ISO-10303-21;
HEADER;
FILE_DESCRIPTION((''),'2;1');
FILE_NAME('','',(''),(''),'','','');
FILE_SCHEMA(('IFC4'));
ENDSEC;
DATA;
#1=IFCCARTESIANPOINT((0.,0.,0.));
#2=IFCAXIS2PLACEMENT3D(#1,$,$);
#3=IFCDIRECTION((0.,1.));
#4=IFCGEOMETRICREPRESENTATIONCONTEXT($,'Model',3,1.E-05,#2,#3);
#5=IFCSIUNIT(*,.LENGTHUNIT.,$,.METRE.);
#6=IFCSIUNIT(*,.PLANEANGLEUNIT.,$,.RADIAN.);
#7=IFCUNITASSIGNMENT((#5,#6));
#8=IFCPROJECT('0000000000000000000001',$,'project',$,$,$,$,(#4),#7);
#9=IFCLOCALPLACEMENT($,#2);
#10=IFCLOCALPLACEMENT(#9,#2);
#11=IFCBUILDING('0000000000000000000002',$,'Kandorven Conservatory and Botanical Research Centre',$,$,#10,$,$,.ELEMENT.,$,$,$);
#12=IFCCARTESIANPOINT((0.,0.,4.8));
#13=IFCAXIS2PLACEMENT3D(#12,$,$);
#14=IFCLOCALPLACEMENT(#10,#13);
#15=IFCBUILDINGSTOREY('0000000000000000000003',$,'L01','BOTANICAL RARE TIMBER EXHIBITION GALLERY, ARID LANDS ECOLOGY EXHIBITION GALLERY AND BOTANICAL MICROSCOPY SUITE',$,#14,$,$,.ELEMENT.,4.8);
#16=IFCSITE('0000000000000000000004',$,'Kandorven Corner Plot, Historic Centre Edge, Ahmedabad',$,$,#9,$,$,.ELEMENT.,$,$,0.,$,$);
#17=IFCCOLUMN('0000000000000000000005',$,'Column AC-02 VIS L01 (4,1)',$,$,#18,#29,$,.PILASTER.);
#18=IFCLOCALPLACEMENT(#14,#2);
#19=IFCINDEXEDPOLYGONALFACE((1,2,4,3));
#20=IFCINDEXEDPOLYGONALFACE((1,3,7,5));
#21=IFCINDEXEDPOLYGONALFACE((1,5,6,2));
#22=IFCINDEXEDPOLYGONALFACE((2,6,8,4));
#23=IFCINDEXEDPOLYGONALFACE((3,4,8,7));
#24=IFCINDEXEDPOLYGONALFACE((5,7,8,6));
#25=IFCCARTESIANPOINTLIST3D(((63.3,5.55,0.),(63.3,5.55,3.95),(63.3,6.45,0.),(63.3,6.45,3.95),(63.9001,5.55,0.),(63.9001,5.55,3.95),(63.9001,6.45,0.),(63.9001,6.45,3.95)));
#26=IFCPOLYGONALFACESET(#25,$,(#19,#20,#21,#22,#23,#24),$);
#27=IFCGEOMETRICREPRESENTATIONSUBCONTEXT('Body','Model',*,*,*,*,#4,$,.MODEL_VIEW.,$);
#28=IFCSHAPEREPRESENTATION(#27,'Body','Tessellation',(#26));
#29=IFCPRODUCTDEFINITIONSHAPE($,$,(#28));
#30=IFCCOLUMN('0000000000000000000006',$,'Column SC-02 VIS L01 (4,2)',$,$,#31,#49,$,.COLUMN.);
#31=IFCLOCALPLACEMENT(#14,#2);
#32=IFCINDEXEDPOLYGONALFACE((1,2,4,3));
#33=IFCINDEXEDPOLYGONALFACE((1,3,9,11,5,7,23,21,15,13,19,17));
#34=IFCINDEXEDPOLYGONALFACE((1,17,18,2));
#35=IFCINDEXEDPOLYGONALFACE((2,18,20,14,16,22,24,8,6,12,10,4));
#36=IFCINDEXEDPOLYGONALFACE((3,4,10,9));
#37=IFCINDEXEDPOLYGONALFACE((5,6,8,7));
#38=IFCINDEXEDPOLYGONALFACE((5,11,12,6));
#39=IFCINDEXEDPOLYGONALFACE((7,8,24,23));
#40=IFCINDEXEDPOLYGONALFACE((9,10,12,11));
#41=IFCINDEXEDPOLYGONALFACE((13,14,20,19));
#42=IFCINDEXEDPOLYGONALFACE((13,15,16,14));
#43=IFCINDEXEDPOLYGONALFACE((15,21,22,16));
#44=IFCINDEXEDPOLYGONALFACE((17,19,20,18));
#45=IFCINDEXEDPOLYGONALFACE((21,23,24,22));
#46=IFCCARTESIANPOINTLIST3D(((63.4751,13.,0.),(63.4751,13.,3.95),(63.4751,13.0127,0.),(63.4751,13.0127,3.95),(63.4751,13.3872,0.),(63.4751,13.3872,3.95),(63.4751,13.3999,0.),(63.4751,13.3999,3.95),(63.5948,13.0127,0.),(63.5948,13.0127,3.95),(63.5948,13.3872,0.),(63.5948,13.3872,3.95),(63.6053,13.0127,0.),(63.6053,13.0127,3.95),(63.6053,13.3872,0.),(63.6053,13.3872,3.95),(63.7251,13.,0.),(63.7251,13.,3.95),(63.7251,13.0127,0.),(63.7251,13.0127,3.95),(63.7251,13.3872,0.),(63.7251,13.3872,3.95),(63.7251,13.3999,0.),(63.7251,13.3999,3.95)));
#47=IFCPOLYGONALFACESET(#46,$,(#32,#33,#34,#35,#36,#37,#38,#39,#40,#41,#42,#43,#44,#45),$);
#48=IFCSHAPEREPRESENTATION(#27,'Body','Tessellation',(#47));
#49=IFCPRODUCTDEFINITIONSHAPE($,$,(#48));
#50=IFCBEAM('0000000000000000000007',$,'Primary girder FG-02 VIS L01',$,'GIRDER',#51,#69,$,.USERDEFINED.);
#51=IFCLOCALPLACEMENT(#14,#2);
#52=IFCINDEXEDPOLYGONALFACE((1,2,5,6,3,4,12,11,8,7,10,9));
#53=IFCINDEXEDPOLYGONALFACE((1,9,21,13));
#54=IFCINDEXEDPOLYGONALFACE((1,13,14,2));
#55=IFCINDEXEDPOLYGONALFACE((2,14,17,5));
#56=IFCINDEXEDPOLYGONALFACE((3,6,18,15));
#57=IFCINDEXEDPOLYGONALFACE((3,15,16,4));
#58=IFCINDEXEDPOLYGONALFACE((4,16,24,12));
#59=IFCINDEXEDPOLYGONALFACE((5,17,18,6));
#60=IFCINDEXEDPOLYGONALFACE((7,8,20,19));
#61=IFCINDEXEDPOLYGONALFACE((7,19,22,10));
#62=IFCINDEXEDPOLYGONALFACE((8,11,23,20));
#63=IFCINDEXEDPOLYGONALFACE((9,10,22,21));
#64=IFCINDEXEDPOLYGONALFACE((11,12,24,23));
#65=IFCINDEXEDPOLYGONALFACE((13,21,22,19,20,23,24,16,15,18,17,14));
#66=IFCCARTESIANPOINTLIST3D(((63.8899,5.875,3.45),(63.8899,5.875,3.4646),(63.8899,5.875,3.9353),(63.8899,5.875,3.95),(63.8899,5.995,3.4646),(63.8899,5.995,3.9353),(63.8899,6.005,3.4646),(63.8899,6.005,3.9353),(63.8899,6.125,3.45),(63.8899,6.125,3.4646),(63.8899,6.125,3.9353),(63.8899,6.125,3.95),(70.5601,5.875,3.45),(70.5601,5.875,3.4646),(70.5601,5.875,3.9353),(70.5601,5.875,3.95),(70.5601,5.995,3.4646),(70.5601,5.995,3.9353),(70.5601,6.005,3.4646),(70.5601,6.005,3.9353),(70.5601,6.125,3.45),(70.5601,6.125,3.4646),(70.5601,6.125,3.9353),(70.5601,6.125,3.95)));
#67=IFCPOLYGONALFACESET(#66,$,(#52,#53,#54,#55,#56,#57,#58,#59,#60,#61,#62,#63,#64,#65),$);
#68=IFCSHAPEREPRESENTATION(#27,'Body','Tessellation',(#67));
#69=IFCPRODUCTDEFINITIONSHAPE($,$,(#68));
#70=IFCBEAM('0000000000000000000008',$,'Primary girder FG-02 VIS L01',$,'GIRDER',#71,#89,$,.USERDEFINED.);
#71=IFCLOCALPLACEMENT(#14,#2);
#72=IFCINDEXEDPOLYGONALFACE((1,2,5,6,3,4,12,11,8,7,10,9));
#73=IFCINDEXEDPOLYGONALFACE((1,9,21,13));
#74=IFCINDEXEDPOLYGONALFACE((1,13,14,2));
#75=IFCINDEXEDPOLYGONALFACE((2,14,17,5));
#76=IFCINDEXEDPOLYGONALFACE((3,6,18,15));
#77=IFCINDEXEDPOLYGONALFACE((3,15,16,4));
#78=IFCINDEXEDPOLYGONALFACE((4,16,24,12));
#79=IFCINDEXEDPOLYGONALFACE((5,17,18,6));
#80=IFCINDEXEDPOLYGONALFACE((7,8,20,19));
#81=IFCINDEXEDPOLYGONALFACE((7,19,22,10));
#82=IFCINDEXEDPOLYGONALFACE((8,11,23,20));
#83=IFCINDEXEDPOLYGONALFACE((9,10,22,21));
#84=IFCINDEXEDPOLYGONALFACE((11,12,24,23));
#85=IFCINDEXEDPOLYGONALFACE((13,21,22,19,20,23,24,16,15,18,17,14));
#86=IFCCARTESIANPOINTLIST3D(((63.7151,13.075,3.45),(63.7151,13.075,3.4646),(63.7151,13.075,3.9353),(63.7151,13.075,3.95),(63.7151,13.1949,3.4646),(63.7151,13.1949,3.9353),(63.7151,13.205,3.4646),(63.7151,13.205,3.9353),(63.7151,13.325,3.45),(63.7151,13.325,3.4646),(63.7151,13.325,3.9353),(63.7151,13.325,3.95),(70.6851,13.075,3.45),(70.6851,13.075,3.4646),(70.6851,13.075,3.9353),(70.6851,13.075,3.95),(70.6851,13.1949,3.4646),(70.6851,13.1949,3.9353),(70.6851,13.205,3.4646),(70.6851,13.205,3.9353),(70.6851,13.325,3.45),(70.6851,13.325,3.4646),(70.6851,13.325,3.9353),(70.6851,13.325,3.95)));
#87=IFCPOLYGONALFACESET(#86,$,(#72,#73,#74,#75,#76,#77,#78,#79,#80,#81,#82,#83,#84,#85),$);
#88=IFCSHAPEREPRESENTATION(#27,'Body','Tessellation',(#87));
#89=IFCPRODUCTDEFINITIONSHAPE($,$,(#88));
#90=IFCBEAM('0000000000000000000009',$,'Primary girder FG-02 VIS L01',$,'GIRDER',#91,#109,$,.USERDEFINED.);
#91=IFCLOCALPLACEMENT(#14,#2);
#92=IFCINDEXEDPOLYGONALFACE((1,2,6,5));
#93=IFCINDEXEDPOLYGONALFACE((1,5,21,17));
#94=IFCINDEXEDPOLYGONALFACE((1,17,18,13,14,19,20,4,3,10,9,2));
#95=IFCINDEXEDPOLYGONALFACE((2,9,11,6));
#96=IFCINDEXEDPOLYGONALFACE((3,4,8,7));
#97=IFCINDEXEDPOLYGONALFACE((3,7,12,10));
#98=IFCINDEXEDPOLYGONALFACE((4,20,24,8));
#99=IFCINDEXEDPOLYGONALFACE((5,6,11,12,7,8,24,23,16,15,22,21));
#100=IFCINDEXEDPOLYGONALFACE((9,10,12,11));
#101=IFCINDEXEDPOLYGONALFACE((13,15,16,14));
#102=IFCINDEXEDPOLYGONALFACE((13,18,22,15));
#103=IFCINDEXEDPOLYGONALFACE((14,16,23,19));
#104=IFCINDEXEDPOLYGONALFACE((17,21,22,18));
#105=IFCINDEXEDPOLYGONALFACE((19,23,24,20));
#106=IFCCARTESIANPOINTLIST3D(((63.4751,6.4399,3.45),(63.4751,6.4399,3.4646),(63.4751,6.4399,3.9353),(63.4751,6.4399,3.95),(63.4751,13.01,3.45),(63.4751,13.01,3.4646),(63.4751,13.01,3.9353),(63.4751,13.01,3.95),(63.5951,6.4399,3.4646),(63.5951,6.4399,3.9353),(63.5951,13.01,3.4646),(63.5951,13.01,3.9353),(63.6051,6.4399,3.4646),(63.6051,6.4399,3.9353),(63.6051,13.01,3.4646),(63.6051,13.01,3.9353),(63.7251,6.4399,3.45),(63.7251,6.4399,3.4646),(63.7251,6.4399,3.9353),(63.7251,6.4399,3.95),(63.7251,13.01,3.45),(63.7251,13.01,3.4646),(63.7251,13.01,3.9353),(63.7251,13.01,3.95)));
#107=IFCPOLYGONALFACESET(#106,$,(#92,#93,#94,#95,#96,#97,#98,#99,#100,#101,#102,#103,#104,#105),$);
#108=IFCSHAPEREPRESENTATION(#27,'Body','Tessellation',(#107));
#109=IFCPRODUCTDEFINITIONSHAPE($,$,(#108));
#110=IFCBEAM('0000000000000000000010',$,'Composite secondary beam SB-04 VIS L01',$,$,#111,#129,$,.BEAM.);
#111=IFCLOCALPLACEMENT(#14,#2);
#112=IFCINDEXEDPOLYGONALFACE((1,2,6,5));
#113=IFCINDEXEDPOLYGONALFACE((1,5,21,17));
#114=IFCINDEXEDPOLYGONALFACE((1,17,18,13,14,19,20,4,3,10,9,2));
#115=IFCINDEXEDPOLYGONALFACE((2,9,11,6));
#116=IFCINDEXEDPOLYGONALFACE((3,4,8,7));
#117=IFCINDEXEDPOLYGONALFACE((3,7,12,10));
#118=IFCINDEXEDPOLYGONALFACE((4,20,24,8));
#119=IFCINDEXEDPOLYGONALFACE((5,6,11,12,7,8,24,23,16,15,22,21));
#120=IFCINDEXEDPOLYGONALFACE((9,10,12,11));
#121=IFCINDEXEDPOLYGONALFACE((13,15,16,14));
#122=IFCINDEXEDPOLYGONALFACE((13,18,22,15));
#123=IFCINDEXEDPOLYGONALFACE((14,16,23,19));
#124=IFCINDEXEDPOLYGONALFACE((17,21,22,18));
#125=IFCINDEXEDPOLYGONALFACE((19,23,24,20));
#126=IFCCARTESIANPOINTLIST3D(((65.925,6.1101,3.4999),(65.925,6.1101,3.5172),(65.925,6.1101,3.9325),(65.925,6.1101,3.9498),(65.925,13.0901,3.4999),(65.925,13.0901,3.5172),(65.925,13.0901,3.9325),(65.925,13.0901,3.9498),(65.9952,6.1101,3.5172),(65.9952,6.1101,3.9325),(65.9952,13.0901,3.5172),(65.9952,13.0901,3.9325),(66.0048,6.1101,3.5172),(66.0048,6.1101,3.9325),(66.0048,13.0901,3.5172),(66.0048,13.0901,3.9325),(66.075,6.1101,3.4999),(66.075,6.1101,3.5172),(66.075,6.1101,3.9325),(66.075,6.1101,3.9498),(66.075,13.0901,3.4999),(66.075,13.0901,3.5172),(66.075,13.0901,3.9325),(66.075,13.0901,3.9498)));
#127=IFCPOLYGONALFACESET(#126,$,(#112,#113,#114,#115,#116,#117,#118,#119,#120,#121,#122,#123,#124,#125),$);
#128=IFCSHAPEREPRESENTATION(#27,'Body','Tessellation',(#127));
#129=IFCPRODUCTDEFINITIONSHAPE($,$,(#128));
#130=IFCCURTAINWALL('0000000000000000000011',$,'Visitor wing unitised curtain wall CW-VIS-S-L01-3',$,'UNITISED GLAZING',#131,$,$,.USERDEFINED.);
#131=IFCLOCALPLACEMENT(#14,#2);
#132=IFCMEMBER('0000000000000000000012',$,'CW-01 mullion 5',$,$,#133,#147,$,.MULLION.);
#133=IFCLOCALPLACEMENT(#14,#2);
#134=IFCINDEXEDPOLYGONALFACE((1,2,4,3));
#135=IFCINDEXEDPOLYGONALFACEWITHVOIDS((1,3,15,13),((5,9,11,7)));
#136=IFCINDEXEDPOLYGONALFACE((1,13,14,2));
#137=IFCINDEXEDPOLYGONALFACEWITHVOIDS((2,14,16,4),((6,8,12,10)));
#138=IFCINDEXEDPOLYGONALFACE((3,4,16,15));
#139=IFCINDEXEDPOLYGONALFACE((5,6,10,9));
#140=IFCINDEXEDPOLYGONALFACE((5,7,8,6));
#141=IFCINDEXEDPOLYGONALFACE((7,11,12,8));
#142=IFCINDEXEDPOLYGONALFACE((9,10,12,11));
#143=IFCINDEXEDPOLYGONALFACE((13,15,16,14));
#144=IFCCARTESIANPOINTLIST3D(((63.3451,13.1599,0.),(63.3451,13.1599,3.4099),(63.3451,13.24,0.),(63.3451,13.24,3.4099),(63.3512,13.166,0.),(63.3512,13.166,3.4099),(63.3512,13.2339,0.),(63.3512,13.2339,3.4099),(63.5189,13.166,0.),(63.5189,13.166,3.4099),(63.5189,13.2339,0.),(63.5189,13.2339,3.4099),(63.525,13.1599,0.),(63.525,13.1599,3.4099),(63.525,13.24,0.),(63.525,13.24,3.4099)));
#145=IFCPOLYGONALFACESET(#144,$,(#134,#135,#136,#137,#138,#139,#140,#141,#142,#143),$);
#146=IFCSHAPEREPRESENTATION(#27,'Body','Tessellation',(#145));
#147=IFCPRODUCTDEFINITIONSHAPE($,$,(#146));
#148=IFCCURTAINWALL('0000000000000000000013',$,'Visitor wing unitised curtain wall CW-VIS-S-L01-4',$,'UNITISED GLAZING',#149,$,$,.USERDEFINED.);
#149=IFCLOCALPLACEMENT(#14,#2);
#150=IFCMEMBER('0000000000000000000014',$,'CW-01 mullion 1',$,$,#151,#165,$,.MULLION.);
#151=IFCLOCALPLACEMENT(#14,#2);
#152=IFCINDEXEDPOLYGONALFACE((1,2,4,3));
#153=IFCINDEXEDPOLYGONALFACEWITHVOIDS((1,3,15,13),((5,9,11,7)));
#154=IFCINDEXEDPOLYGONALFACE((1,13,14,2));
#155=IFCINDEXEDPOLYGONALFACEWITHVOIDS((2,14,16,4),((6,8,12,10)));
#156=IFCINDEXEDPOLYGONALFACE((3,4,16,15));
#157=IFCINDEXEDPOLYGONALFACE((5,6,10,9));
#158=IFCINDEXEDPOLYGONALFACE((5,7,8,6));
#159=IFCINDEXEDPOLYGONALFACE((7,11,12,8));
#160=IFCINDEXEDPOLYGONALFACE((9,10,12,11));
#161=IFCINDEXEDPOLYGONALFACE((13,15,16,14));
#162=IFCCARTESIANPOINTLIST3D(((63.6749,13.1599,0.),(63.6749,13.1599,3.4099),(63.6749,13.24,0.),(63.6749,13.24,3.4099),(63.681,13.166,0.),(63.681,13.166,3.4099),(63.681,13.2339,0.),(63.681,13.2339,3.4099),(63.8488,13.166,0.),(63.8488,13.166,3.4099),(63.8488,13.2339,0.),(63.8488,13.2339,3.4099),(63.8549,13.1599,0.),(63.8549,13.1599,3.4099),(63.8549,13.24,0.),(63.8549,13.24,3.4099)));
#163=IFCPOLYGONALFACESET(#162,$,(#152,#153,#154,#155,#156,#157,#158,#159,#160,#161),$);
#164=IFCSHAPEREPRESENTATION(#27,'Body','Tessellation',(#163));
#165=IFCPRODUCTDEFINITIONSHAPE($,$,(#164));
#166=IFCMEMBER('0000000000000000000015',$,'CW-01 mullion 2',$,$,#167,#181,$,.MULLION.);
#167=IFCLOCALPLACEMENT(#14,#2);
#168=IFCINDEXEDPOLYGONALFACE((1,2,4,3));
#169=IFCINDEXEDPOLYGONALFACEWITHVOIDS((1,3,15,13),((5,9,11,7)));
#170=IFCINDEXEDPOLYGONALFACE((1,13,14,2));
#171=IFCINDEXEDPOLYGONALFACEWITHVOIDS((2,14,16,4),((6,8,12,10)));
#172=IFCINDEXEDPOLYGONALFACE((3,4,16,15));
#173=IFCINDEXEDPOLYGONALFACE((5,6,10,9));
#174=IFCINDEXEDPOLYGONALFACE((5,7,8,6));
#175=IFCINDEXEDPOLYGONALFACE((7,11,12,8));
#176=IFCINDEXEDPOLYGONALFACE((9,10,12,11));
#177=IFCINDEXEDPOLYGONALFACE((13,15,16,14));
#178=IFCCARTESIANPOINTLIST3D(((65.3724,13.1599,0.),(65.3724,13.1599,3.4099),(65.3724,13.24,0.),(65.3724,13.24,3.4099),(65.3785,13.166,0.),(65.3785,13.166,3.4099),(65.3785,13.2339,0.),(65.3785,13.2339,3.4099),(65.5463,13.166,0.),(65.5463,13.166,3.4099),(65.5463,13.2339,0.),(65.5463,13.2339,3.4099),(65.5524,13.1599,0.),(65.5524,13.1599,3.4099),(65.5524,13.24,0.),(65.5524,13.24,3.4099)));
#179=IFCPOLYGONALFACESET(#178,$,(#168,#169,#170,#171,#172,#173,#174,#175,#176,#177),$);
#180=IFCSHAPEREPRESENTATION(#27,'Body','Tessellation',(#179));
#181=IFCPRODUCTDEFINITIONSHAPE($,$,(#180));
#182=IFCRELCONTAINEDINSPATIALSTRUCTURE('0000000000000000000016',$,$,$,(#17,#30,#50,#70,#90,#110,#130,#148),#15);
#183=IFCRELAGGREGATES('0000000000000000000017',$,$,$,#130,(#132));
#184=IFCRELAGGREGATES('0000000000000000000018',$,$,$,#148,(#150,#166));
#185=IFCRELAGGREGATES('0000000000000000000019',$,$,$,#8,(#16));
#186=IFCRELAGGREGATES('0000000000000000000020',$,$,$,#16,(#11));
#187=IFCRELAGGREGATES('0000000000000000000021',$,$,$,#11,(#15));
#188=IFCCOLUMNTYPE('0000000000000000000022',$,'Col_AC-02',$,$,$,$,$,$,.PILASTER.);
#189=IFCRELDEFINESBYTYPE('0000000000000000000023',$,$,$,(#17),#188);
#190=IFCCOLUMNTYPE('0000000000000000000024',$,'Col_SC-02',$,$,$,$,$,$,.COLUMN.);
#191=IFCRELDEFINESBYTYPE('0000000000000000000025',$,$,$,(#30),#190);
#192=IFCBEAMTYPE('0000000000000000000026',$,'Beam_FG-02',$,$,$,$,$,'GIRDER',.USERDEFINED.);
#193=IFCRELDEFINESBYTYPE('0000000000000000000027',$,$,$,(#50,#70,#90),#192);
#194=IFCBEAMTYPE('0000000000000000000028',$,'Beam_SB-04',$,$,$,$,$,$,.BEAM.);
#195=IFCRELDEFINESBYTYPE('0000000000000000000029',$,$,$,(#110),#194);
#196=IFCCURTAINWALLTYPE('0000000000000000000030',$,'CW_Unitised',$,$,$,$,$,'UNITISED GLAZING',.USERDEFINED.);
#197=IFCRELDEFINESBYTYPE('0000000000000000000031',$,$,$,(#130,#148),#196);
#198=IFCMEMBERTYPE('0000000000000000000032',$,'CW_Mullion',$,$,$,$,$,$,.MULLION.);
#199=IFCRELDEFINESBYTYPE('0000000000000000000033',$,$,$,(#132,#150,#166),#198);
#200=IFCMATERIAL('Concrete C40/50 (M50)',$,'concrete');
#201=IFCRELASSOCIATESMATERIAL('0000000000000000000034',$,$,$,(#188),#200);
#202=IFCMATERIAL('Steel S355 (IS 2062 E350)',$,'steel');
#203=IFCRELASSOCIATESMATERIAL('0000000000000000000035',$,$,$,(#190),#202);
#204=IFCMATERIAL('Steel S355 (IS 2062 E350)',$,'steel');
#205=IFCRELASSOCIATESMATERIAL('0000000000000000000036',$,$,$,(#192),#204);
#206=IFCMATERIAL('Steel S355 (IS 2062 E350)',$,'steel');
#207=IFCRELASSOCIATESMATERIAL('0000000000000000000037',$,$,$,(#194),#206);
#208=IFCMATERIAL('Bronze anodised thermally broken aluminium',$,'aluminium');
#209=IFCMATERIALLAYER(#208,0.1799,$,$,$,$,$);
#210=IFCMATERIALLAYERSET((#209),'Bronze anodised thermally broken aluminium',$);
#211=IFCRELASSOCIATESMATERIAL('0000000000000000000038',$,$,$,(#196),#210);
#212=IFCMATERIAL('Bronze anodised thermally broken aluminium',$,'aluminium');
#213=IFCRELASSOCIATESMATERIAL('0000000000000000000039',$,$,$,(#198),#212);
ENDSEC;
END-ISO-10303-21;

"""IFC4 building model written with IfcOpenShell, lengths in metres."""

from ifc_helpers import new_model, si_unit, direction, frame, origin, origin_2d, place, context, subcontext, project, spatial, rectangle, hollow_rectangle, i_section, extrude, material, layer, layer_set, material_profile, profile_set, type_object, element, aggregate, save


model = new_model("IFC4")

# Units and contexts
model_context = context("Model", 3, precision=1e-05, world=origin(), true_north=direction((0.0, 1.0)))
body_context = subcontext(model_context, "Body", "Model", "MODEL_VIEW")
ifc_project = project(units=[si_unit("LENGTHUNIT", "METRE"), si_unit("PLANEANGLEUNIT", "RADIAN")], contexts=[model_context])

# Site, building, storey
site_placement = place(None, origin())
site = spatial("IfcSite", under=ifc_project, at=site_placement, Name="Kandorven Corner Plot, Historic Centre Edge, Ahmedabad", CompositionType="ELEMENT", RefElevation=0.0)
building_placement = place(site_placement, origin())
building = spatial("IfcBuilding", under=site, at=building_placement, Name="Kandorven Conservatory and Botanical Research Centre", CompositionType="ELEMENT")
storey_placement = place(building_placement, frame((0.0, 0.0, 4.8)))
storey = spatial("IfcBuildingStorey", under=building, at=storey_placement, Name="L01", Description="BOTANICAL RARE TIMBER EXHIBITION GALLERY, ARID LANDS ECOLOGY EXHIBITION GALLERY AND BOTANICAL MICROSCOPY SUITE", CompositionType="ELEMENT", Elevation=4.8)

# Columns
ifc_material_1 = material(Name="Concrete C40/50 (M50)", Category="concrete")
ifc_material_profile_1 = material_profile(ifc_material_1, rectangle(XDim=0.6001, YDim=0.8999, at=origin_2d()))
ifc_profile_set_1 = profile_set([ifc_material_profile_1], Name="Concrete C40/50 (M50)")
column_type_1 = type_object("IfcColumnType", Name="Col_AC-02", PredefinedType="PILASTER", material=ifc_profile_set_1)
column_1_placement = place(storey_placement, frame((63.6001, 6.0, 0.0), z_axis=(0.0, 0.0, 1.0), x_axis=(1.0, 0.0, 0.0)))
element("IfcColumn", 1, at=column_1_placement, inside=storey, type_object=column_type_1, Name="Column AC-02 VIS L01 (4,1)", PredefinedType="PILASTER", context=body_context, shape_type="SweptSolid", body=[
    extrude(rectangle(XDim=0.6001, YDim=0.8999, at=origin_2d()), origin(), (0.0, 0.0, 1.0), 3.95),
])
ifc_material_2 = material(Name="Steel S355 (IS 2062 E350)", Category="steel")
ifc_material_profile_2 = material_profile(ifc_material_2, i_section(OverallWidth=0.25, OverallDepth=0.3999, WebThickness=0.0105, FlangeThickness=0.0127, at=origin_2d()))
ifc_profile_set_2 = profile_set([ifc_material_profile_2], Name="Steel S355 (IS 2062 E350)")
column_type_2 = type_object("IfcColumnType", Name="Col_SC-02", PredefinedType="COLUMN", material=ifc_profile_set_2)
column_2_placement = place(storey_placement, frame((63.6001, 13.2, 0.0), z_axis=(0.0, 0.0, 1.0), x_axis=(1.0, 0.0, 0.0)))
element("IfcColumn", 2, at=column_2_placement, inside=storey, type_object=column_type_2, Name="Column SC-02 VIS L01 (4,2)", PredefinedType="COLUMN", context=body_context, shape_type="SweptSolid", body=[
    extrude(i_section(OverallWidth=0.25, OverallDepth=0.3999, WebThickness=0.0105, FlangeThickness=0.0127, at=origin_2d()), origin(), (0.0, 0.0, 1.0), 3.95),
])

# Beams
ifc_material_3 = material(Name="Steel S355 (IS 2062 E350)", Category="steel")
ifc_material_profile_3 = material_profile(ifc_material_3, i_section(OverallWidth=0.25, OverallDepth=0.5, WebThickness=0.01, FlangeThickness=0.0146, at=origin_2d()))
ifc_profile_set_3 = profile_set([ifc_material_profile_3], Name="Steel S355 (IS 2062 E350)")
beam_type_1 = type_object("IfcBeamType", Name="Beam_FG-02", ElementType="GIRDER", PredefinedType="USERDEFINED", material=ifc_profile_set_3)
beam_1_placement = place(storey_placement, frame((63.8899, 6.0, 3.7), z_axis=(1.0, 0.0, 0.0), x_axis=(0.0, 1.0, 0.0)))
element("IfcBeam", 3, at=beam_1_placement, inside=storey, type_object=beam_type_1, Name="Primary girder FG-02 VIS L01", ObjectType="GIRDER", PredefinedType="USERDEFINED", context=body_context, shape_type="SweptSolid", body=[
    extrude(i_section(OverallWidth=0.25, OverallDepth=0.5, WebThickness=0.01, FlangeThickness=0.0146, at=origin_2d()), origin(), (0.0, 0.0, 1.0), 6.6702),
])
beam_2_placement = place(storey_placement, frame((63.7151, 13.2, 3.7), z_axis=(1.0, 0.0, 0.0), x_axis=(0.0, 1.0, 0.0)))
element("IfcBeam", 4, at=beam_2_placement, inside=storey, type_object=beam_type_1, Name="Primary girder FG-02 VIS L01", ObjectType="GIRDER", PredefinedType="USERDEFINED", context=body_context, shape_type="SweptSolid", body=[
    extrude(i_section(OverallWidth=0.25, OverallDepth=0.5, WebThickness=0.01, FlangeThickness=0.0146, at=origin_2d()), origin(), (0.0, 0.0, 1.0), 6.97),
])
beam_3_placement = place(storey_placement, frame((63.6001, 6.4399, 3.7), z_axis=(0.0, 1.0, 0.0), x_axis=(-1.0, 0.0, 0.0)))
element("IfcBeam", 5, at=beam_3_placement, inside=storey, type_object=beam_type_1, Name="Primary girder FG-02 VIS L01", ObjectType="GIRDER", PredefinedType="USERDEFINED", context=body_context, shape_type="SweptSolid", body=[
    extrude(i_section(OverallWidth=0.25, OverallDepth=0.5, WebThickness=0.01, FlangeThickness=0.0146, at=origin_2d()), origin(), (0.0, 0.0, 1.0), 6.5701),
])
ifc_material_4 = material(Name="Steel S355 (IS 2062 E350)", Category="steel")
ifc_material_profile_4 = material_profile(ifc_material_4, i_section(OverallWidth=0.1499, OverallDepth=0.45, WebThickness=0.0095, FlangeThickness=0.0173, at=origin_2d()))
ifc_profile_set_4 = profile_set([ifc_material_profile_4], Name="Steel S355 (IS 2062 E350)")
beam_type_2 = type_object("IfcBeamType", Name="Beam_SB-04", PredefinedType="BEAM", material=ifc_profile_set_4)
beam_4_placement = place(storey_placement, frame((66.0, 6.1101, 3.7249), z_axis=(0.0, 1.0, 0.0), x_axis=(-1.0, 0.0, 0.0)))
element("IfcBeam", 6, at=beam_4_placement, inside=storey, type_object=beam_type_2, Name="Composite secondary beam SB-04 VIS L01", PredefinedType="BEAM", context=body_context, shape_type="SweptSolid", body=[
    extrude(i_section(OverallWidth=0.1499, OverallDepth=0.45, WebThickness=0.0095, FlangeThickness=0.0173, at=origin_2d()), origin(), (0.0, 0.0, 1.0), 6.98),
])

# Curtain wall, member
ifc_material_5 = material(Name="Bronze anodised thermally broken aluminium", Category="aluminium")
ifc_layer_1 = layer(ifc_material_5, 0.1799)
ifc_layer_set_1 = layer_set([ifc_layer_1], Name="Bronze anodised thermally broken aluminium")
curtain_wall_type = type_object("IfcCurtainWallType", Name="CW_Unitised", ElementType="UNITISED GLAZING", PredefinedType="USERDEFINED", material=ifc_layer_set_1)
curtain_wall_1_placement = place(storey_placement, origin())
curtain_wall_1 = element("IfcCurtainWall", 7, at=curtain_wall_1_placement, inside=storey, type_object=curtain_wall_type, Name="Visitor wing unitised curtain wall CW-VIS-S-L01-3", ObjectType="UNITISED GLAZING", PredefinedType="USERDEFINED")
ifc_material_6 = material(Name="Bronze anodised thermally broken aluminium", Category="aluminium")
ifc_material_profile_5 = material_profile(ifc_material_6, hollow_rectangle(XDim=0.0801, YDim=0.1799, WallThickness=0.0061, at=origin_2d()))
ifc_profile_set_5 = profile_set([ifc_material_profile_5], Name="Bronze anodised thermally broken aluminium")
member_type_1 = type_object("IfcMemberType", Name="CW_Mullion", PredefinedType="MULLION", material=ifc_profile_set_5)
member_1_placement = place(storey_placement, frame((63.4351, 13.2, 0.0), z_axis=(0.0, 0.0, 1.0), x_axis=(0.0, 1.0, 0.0)))
member_1 = element("IfcMember", 8, at=member_1_placement, type_object=member_type_1, Name="CW-01 mullion 5", PredefinedType="MULLION", context=body_context, shape_type="SweptSolid", body=[
    extrude(hollow_rectangle(XDim=0.0801, YDim=0.1799, WallThickness=0.0061, at=origin_2d()), origin(), (0.0, 0.0, 1.0), 3.4099),
])
aggregate(curtain_wall_1, [member_1])

# Curtain wall, members
curtain_wall_2_placement = place(storey_placement, origin())
curtain_wall_2 = element("IfcCurtainWall", 9, at=curtain_wall_2_placement, inside=storey, type_object=curtain_wall_type, Name="Visitor wing unitised curtain wall CW-VIS-S-L01-4", ObjectType="UNITISED GLAZING", PredefinedType="USERDEFINED")
member_2_placement = place(storey_placement, frame((63.7649, 13.2, 0.0), z_axis=(0.0, 0.0, 1.0), x_axis=(0.0, 1.0, 0.0)))
member_2 = element("IfcMember", 10, at=member_2_placement, type_object=member_type_1, Name="CW-01 mullion 1", PredefinedType="MULLION", context=body_context, shape_type="SweptSolid", body=[
    extrude(hollow_rectangle(XDim=0.0801, YDim=0.1799, WallThickness=0.0061, at=origin_2d()), origin(), (0.0, 0.0, 1.0), 3.4099),
])
member_3_placement = place(storey_placement, frame((65.4624, 13.2, 0.0), z_axis=(0.0, 0.0, 1.0), x_axis=(0.0, 1.0, 0.0)))
member_3 = element("IfcMember", 11, at=member_3_placement, type_object=member_type_1, Name="CW-01 mullion 2", PredefinedType="MULLION", context=body_context, shape_type="SweptSolid", body=[
    extrude(hollow_rectangle(XDim=0.0801, YDim=0.1799, WallThickness=0.0061, at=origin_2d()), origin(), (0.0, 0.0, 1.0), 3.4099),
])
aggregate(curtain_wall_2, [member_2, member_3])

save(model, "model.ifc")
